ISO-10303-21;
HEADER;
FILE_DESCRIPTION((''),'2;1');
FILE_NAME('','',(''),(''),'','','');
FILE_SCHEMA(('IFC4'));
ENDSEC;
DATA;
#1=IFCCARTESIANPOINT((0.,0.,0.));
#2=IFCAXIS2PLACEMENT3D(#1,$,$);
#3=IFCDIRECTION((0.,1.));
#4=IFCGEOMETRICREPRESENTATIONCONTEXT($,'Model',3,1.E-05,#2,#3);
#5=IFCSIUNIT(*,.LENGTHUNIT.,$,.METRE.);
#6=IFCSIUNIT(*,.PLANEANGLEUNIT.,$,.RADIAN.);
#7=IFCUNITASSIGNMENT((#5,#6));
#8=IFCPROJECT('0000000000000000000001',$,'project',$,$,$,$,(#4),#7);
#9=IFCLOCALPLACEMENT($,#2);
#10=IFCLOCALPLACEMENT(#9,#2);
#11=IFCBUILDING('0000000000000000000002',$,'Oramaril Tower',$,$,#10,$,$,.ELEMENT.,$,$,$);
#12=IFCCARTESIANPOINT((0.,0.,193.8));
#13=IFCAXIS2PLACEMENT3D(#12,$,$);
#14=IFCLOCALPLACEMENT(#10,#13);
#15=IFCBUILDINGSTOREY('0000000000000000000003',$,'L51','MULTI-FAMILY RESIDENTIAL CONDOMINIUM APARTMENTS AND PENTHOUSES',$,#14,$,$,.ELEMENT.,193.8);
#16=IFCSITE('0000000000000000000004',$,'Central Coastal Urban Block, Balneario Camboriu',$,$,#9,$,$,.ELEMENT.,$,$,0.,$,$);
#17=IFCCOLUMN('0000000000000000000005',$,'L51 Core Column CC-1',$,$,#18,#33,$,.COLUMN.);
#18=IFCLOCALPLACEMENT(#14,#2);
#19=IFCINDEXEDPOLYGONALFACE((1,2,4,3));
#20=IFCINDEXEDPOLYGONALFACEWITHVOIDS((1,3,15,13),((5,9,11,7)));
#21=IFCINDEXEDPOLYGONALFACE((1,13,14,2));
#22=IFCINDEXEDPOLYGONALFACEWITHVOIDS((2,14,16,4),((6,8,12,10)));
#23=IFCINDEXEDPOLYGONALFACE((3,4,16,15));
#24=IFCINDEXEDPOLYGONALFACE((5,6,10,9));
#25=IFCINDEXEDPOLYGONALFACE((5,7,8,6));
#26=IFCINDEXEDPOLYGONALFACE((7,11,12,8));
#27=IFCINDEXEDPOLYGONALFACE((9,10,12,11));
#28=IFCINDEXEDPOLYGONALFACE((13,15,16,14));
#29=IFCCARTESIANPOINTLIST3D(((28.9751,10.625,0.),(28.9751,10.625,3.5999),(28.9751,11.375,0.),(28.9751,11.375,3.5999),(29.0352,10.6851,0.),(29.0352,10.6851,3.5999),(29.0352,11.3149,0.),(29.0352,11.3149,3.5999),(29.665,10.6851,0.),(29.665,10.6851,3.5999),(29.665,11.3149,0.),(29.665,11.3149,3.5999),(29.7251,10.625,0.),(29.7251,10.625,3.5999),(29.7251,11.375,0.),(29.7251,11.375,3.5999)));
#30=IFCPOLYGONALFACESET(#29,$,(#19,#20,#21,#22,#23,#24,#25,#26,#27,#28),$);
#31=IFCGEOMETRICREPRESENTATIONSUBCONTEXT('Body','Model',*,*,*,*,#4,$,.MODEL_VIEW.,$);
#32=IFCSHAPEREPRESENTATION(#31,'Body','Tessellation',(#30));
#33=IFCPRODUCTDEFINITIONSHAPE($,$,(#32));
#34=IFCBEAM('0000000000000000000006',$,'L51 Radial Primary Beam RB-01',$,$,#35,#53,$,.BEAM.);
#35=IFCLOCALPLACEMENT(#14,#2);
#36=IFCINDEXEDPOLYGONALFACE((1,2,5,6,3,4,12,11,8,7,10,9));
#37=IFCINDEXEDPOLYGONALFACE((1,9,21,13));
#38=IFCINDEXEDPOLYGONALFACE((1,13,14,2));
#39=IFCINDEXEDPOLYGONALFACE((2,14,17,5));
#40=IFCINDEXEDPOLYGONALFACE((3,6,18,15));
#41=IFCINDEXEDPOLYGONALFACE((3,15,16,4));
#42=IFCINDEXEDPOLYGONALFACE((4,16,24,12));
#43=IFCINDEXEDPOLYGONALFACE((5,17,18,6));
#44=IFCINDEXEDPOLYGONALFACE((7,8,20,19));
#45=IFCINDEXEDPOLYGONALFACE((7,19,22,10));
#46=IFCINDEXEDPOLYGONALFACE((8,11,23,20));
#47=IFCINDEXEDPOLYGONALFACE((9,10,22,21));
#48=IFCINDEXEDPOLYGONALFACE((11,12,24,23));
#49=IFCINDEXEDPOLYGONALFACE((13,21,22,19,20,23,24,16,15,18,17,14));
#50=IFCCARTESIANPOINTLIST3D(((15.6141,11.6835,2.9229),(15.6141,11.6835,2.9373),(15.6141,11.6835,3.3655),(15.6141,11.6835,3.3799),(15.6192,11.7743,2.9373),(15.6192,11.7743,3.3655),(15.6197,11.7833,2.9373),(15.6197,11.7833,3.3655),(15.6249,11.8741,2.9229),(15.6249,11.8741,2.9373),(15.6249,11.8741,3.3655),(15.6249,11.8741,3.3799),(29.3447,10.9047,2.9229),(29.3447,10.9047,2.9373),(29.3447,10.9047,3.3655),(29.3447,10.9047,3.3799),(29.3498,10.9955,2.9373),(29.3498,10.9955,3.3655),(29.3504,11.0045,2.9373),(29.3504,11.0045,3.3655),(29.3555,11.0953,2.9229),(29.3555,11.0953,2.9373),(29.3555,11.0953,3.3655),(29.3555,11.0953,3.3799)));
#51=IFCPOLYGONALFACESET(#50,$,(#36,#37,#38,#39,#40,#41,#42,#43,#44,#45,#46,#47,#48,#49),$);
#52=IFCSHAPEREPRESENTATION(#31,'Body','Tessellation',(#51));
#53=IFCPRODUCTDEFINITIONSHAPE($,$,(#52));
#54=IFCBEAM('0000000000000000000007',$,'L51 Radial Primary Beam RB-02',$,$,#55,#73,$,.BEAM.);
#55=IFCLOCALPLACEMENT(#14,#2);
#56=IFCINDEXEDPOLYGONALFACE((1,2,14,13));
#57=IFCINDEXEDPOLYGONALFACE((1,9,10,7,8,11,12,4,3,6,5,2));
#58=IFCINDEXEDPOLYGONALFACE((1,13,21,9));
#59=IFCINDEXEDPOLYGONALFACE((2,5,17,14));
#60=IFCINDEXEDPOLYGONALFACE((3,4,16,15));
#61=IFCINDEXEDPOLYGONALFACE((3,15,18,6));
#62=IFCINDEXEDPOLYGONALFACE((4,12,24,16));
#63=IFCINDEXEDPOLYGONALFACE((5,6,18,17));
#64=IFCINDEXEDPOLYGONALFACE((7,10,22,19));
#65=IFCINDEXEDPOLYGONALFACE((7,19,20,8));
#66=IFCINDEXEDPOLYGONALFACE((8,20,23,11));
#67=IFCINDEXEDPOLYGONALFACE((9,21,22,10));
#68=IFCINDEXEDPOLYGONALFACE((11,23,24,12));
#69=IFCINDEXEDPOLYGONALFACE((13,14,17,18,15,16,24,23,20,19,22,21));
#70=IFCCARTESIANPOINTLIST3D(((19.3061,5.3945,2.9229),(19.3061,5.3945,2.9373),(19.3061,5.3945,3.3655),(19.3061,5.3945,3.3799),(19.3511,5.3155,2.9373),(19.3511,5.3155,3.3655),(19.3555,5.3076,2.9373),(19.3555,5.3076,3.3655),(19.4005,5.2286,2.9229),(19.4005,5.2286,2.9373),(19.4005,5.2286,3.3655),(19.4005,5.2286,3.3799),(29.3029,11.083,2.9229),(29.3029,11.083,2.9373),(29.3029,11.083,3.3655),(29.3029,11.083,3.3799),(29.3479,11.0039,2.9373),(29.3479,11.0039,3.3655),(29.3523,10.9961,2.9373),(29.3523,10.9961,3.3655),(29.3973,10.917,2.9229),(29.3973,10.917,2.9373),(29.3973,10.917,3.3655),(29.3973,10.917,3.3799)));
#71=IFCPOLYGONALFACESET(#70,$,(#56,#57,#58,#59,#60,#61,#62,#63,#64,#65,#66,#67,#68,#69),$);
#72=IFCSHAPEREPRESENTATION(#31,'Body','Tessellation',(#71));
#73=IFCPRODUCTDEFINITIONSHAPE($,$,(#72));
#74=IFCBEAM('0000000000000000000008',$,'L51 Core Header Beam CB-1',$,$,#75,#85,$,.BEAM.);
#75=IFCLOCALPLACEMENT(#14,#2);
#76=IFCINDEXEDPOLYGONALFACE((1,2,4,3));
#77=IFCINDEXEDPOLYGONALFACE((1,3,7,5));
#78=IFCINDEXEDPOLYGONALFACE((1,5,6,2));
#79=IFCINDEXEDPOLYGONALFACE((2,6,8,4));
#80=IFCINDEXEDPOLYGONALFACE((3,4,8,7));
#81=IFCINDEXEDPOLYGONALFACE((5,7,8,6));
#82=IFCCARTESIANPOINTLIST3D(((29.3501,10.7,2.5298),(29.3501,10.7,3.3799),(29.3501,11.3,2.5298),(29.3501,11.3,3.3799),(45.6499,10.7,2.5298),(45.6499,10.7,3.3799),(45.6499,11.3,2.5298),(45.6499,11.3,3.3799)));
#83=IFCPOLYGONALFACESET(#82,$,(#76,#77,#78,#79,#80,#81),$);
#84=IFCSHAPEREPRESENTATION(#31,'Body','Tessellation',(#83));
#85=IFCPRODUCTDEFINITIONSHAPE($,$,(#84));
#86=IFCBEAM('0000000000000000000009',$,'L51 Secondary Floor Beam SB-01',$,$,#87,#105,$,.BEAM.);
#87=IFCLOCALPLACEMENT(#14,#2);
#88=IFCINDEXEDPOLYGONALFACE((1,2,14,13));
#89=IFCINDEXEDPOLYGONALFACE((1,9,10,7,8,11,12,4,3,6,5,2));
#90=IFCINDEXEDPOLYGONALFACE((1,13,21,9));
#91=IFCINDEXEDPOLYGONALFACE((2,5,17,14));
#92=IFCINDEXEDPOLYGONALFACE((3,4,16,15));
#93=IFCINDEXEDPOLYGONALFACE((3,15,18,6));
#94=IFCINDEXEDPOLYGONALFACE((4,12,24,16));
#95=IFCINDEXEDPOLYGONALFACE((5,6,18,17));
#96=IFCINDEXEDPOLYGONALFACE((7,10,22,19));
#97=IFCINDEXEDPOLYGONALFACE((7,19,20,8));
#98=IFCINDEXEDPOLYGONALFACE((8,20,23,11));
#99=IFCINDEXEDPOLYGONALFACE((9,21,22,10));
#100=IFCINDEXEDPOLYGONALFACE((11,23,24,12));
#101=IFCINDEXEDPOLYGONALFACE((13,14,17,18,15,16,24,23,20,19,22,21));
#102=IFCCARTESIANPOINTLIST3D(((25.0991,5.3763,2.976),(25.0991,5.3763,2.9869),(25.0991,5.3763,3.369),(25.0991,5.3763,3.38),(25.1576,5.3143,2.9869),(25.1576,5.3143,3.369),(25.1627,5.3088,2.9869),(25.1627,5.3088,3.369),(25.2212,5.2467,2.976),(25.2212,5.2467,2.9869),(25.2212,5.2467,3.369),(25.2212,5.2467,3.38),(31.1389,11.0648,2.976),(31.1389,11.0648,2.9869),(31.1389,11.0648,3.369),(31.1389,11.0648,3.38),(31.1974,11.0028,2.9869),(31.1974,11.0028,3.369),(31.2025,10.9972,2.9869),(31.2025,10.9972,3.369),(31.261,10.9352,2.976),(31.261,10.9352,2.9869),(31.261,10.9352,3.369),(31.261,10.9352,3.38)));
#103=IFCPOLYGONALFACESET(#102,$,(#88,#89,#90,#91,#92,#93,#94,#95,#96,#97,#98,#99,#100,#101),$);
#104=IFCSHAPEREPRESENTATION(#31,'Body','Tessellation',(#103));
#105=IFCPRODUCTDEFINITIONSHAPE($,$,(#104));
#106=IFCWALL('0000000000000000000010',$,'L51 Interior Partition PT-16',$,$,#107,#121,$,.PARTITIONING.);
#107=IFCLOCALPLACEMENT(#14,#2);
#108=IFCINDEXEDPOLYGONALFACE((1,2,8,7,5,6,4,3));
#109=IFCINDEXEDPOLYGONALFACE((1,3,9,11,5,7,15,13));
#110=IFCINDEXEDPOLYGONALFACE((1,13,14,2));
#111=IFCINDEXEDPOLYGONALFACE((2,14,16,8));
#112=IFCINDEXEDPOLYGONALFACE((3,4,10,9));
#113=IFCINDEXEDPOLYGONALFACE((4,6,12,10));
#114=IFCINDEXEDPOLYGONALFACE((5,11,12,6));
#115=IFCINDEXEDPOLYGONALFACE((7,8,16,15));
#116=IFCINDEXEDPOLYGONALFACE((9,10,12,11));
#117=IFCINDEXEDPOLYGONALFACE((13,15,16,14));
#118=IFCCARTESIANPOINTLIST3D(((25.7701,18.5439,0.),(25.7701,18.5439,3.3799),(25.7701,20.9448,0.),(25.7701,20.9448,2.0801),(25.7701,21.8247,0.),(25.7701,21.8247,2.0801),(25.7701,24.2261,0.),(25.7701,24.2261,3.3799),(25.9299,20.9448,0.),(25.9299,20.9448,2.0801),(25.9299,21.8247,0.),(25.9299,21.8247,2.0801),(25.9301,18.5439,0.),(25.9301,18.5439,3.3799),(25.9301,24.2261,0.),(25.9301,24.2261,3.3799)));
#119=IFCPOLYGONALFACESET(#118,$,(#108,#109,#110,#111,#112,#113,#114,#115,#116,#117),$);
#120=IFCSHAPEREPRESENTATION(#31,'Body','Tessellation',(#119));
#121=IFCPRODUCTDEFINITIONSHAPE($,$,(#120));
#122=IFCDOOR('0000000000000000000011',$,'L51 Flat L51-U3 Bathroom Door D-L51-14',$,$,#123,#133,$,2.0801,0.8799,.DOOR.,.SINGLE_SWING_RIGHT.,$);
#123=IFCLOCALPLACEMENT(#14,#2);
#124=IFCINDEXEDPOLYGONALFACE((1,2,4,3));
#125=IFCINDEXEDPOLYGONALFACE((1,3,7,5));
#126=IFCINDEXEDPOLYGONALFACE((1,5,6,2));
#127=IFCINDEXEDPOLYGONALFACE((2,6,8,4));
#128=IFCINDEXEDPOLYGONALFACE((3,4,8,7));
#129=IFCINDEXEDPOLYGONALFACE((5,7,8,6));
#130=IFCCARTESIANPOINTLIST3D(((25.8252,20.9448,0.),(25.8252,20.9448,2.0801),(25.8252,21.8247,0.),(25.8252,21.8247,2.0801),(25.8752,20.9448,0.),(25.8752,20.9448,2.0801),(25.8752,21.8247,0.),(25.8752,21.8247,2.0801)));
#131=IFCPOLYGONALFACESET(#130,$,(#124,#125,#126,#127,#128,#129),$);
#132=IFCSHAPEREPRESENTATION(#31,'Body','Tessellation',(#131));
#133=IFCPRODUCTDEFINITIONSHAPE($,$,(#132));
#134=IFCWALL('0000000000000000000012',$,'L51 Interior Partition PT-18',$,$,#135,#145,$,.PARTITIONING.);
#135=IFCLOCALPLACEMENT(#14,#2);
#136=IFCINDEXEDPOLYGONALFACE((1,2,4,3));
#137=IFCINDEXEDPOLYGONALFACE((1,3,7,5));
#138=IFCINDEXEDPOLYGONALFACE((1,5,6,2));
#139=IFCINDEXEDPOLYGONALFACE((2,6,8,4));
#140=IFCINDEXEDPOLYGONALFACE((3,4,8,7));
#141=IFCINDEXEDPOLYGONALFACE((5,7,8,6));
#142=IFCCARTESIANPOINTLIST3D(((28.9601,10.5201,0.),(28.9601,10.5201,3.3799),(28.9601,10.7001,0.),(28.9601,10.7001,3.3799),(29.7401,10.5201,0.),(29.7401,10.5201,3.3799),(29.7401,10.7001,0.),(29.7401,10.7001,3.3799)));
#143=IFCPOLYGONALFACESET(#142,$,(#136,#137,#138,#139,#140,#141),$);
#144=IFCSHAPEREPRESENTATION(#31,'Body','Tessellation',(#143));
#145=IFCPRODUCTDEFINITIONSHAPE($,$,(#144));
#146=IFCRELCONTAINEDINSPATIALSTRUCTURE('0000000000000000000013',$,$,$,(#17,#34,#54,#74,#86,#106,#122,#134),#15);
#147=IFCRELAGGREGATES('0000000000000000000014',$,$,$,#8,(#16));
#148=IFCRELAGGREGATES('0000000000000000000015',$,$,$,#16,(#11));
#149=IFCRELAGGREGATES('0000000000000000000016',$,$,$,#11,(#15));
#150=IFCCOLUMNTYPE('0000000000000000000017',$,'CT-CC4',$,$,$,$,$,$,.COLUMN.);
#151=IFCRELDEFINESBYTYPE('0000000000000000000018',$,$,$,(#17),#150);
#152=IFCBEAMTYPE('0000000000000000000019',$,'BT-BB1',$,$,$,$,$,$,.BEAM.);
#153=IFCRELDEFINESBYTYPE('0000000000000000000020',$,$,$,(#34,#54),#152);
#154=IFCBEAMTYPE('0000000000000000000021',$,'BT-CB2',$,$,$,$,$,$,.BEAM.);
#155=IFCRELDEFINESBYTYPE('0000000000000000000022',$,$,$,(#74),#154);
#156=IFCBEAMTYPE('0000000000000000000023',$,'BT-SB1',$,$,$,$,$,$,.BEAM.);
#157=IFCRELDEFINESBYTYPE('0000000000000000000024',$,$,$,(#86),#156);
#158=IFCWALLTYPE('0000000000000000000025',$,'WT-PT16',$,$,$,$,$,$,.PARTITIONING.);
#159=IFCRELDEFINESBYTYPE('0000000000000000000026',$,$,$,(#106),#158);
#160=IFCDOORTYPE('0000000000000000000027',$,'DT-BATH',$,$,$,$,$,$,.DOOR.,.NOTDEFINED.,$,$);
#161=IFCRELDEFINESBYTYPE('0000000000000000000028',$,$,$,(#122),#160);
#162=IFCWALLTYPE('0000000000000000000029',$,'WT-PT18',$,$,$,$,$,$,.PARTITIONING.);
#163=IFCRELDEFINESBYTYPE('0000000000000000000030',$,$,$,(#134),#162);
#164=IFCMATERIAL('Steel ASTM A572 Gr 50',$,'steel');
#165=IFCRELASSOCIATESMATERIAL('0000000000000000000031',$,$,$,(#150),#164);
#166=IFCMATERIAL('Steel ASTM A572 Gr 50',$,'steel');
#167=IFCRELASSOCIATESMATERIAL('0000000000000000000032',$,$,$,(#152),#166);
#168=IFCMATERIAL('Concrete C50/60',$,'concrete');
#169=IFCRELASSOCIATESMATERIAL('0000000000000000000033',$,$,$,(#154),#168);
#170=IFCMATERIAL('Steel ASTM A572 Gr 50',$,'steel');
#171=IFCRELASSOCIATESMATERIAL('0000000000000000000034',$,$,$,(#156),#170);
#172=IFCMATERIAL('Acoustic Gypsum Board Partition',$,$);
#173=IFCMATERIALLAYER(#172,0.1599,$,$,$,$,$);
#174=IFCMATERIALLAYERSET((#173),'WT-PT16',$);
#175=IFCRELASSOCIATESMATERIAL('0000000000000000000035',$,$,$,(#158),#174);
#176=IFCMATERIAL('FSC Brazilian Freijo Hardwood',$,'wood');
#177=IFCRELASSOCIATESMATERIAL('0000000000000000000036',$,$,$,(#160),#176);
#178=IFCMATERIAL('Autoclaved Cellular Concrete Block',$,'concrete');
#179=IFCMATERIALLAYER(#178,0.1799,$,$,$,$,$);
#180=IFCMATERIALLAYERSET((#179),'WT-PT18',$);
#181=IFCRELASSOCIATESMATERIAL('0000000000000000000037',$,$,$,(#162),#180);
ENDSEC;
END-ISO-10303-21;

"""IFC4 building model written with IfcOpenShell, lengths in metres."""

from ifc_helpers import new_model, si_unit, direction, frame, frame_2d, origin, origin_2d, place, context, subcontext, project, spatial, rectangle, hollow_rectangle, i_section, extrude, material, layer, layer_set, material_profile, profile_set, type_object, element, fill, save


model = new_model("IFC4")

# Units and contexts
model_context = context("Model", 3, precision=1e-05, world=origin(), true_north=direction((0.0, 1.0)))
body_context = subcontext(model_context, "Body", "Model", "MODEL_VIEW")
ifc_project = project(units=[si_unit("LENGTHUNIT", "METRE"), si_unit("PLANEANGLEUNIT", "RADIAN")], contexts=[model_context])

# Site, building, storey
site_placement = place(None, origin())
site = spatial("IfcSite", under=ifc_project, at=site_placement, Name="Central Coastal Urban Block, Balneario Camboriu", CompositionType="ELEMENT", RefElevation=0.0)
building_placement = place(site_placement, origin())
building = spatial("IfcBuilding", under=site, at=building_placement, Name="Oramaril Tower", CompositionType="ELEMENT")
storey_placement = place(building_placement, frame((0.0, 0.0, 193.8)))
storey = spatial("IfcBuildingStorey", under=building, at=storey_placement, Name="L51", Description="MULTI-FAMILY RESIDENTIAL CONDOMINIUM APARTMENTS AND PENTHOUSES", CompositionType="ELEMENT", Elevation=193.8)

# Column
ifc_material_1 = material(Name="Steel ASTM A572 Gr 50", Category="steel")
ifc_material_profile_1 = material_profile(ifc_material_1, hollow_rectangle(XDim=0.75, YDim=0.75, WallThickness=0.0601, at=origin_2d()), Name="BOX750X750X60")
ifc_profile_set_1 = profile_set([ifc_material_profile_1], Name="Steel ASTM A572 Gr 50")
column_type = type_object("IfcColumnType", Name="CT-CC4", PredefinedType="COLUMN", material=ifc_profile_set_1)
column_placement = place(storey_placement, frame((29.3501, 11.0, 0.0), z_axis=(0.0, 0.0, 1.0), x_axis=(1.0, 0.0, 0.0)))
element("IfcColumn", 1, at=column_placement, inside=storey, type_object=column_type, Name="L51 Core Column CC-1", PredefinedType="COLUMN", context=body_context, shape_type="SweptSolid", body=[
    extrude(hollow_rectangle(XDim=0.75, YDim=0.75, WallThickness=0.0601, at=origin_2d()), origin(), (0.0, 0.0, 1.0), 3.5999),
])

# Beams
ifc_material_2 = material(Name="Steel ASTM A572 Gr 50", Category="steel")
ifc_material_profile_2 = material_profile(ifc_material_2, i_section(OverallWidth=0.1909, OverallDepth=0.457, WebThickness=0.009, FlangeThickness=0.0144, at=origin_2d()), Name="W18X50")
ifc_profile_set_2 = profile_set([ifc_material_profile_2], Name="Steel ASTM A572 Gr 50")
beam_type_1 = type_object("IfcBeamType", Name="BT-BB1", PredefinedType="BEAM", material=ifc_profile_set_2)
beam_1_placement = place(storey_placement, frame((29.3501, 11.0, 3.1514), z_axis=(-0.998395, 0.056629, 0.0), x_axis=(-0.056629, -0.998395, 0.0)))
element("IfcBeam", 2, at=beam_1_placement, inside=storey, type_object=beam_type_1, Name="L51 Radial Primary Beam RB-01", PredefinedType="BEAM", context=body_context, shape_type="SweptSolid", body=[
    extrude(i_section(OverallWidth=0.1909, OverallDepth=0.457, WebThickness=0.009, FlangeThickness=0.0144, at=origin_2d()), origin(), (0.0, 0.0, 1.0), 13.7527),
])
beam_2_placement = place(storey_placement, frame((29.3501, 11.0, 3.1514), z_axis=(-0.86914, -0.494565, 0.0), x_axis=(0.494565, -0.86914, 0.0)))
element("IfcBeam", 3, at=beam_2_placement, inside=storey, type_object=beam_type_1, Name="L51 Radial Primary Beam RB-02", PredefinedType="BEAM", context=body_context, shape_type="SweptSolid", body=[
    extrude(i_section(OverallWidth=0.1909, OverallDepth=0.457, WebThickness=0.009, FlangeThickness=0.0144, at=origin_2d()), origin(), (0.0, 0.0, 1.0), 11.502),
])
ifc_material_3 = material(Name="Concrete C50/60", Category="concrete")
ifc_material_profile_3 = material_profile(ifc_material_3, rectangle(XDim=0.6001, YDim=0.8501, at=origin_2d()), Name="CB600X850")
ifc_profile_set_3 = profile_set([ifc_material_profile_3], Name="Concrete C50/60")
beam_type_2 = type_object("IfcBeamType", Name="BT-CB2", PredefinedType="BEAM", material=ifc_profile_set_3)
beam_3_placement = place(storey_placement, frame((29.3501, 11.0, 2.9548), z_axis=(1.0, 0.0, 0.0), x_axis=(0.0, 1.0, 0.0)))
element("IfcBeam", 4, at=beam_3_placement, inside=storey, type_object=beam_type_2, Name="L51 Core Header Beam CB-1", PredefinedType="BEAM", context=body_context, shape_type="SweptSolid", body=[
    extrude(rectangle(XDim=0.6001, YDim=0.8501, at=origin_2d()), origin(), (0.0, 0.0, 1.0), 16.2998),
])
ifc_material_4 = material(Name="Steel ASTM A572 Gr 50", Category="steel")
ifc_material_profile_4 = material_profile(ifc_material_4, i_section(OverallWidth=0.178, OverallDepth=0.4041, WebThickness=0.0076, FlangeThickness=0.011, at=origin_2d()), Name="W16X36")
ifc_profile_set_4 = profile_set([ifc_material_profile_4], Name="Steel ASTM A572 Gr 50")
beam_type_3 = type_object("IfcBeamType", Name="BT-SB1", PredefinedType="BEAM", material=ifc_profile_set_4)
beam_4_placement = place(storey_placement, frame((31.2, 11.0, 3.178), z_axis=(-0.727962, -0.685618, 0.0), x_axis=(0.685618, -0.727962, 0.0)))
element("IfcBeam", 5, at=beam_4_placement, inside=storey, type_object=beam_type_3, Name="L51 Secondary Floor Beam SB-01", PredefinedType="BEAM", context=body_context, shape_type="SweptSolid", body=[
    extrude(i_section(OverallWidth=0.178, OverallDepth=0.4041, WebThickness=0.0076, FlangeThickness=0.011, at=origin_2d()), origin(), (0.0, 0.0, 1.0), 8.2969),
])

# Wall, opening, door
ifc_material_5 = material(Name="Acoustic Gypsum Board Partition")
ifc_layer_1 = layer(ifc_material_5, 0.1599)
ifc_layer_set_1 = layer_set([ifc_layer_1], Name="WT-PT16")
wall_type_1 = type_object("IfcWallType", Name="WT-PT16", PredefinedType="PARTITIONING", material=ifc_layer_set_1)
wall_1_placement = place(storey_placement, frame((25.8501, 18.5439, 0.0), z_axis=(0.0, 0.0, 1.0), x_axis=(0.0, 1.0, 0.0)))
wall_1 = element("IfcWall", 6, at=wall_1_placement, inside=storey, type_object=wall_type_1, Name="L51 Interior Partition PT-16", PredefinedType="PARTITIONING", context=body_context, shape_type="SweptSolid", body=[
    extrude(rectangle(XDim=5.6821, YDim=0.1599, at=frame_2d((2.8411, 0.0))), origin(), (0.0, 0.0, 1.0), 3.3799),
])
opening_1_placement = place(wall_1_placement, frame((2.4009, 0.0, 0.0)))
opening_1 = element("IfcOpeningElement", 7, at=opening_1_placement, cuts=wall_1, PredefinedType="OPENING", context=body_context, shape_type="SweptSolid", body=[
    extrude(rectangle(XDim=0.8799, YDim=2.0801, at=frame_2d((0.4399, 1.04))), frame((0.0, 0.0801, 0.0), z_axis=(0.0, -1.0, 0.0), x_axis=(1.0, 0.0, 0.0)), (0.0, 0.0, 1.0), 0.1599),
])
ifc_material_6 = material(Name="FSC Brazilian Freijo Hardwood", Category="wood")
door_type_1 = type_object("IfcDoorType", Name="DT-BATH", OperationType="NOTDEFINED", PredefinedType="DOOR", material=ifc_material_6)
door_1_placement = place(opening_1_placement, origin())
door_1 = element("IfcDoor", 8, at=door_1_placement, inside=storey, type_object=door_type_1, Name="L51 Flat L51-U3 Bathroom Door D-L51-14", OperationType="SINGLE_SWING_RIGHT", OverallHeight=2.0801, OverallWidth=0.8799, PredefinedType="DOOR", context=body_context, shape_type="SweptSolid", body=[
    extrude(rectangle(XDim=0.8799, YDim=2.0801, at=frame_2d((0.4399, 1.04))), frame((0.0, 0.0249, 0.0), z_axis=(0.0, -1.0, 0.0), x_axis=(1.0, 0.0, 0.0)), (0.0, 0.0, 1.0), 0.05),
])
fill(opening_1, door_1)

# Shared definitions
ifc_material_7 = material(Name="Autoclaved Cellular Concrete Block", Category="concrete")
ifc_layer_2 = layer(ifc_material_7, 0.1799)
ifc_layer_set_2 = layer_set([ifc_layer_2], Name="WT-PT18")
wall_type_2 = type_object("IfcWallType", Name="WT-PT18", PredefinedType="PARTITIONING", material=ifc_layer_set_2)

# Wall
wall_2_placement = place(storey_placement, frame((28.96, 10.6101, 0.0), z_axis=(0.0, 0.0, 1.0), x_axis=(1.0, 0.0, 0.0)))
element("IfcWall", 9, at=wall_2_placement, inside=storey, type_object=wall_type_2, Name="L51 Interior Partition PT-18", PredefinedType="PARTITIONING", context=body_context, shape_type="SweptSolid", body=[
    extrude(rectangle(XDim=0.78, YDim=0.1799, at=frame_2d((0.3901, 0.0))), origin(), (0.0, 0.0, 1.0), 3.3799),
])

save(model, "model.ifc")
